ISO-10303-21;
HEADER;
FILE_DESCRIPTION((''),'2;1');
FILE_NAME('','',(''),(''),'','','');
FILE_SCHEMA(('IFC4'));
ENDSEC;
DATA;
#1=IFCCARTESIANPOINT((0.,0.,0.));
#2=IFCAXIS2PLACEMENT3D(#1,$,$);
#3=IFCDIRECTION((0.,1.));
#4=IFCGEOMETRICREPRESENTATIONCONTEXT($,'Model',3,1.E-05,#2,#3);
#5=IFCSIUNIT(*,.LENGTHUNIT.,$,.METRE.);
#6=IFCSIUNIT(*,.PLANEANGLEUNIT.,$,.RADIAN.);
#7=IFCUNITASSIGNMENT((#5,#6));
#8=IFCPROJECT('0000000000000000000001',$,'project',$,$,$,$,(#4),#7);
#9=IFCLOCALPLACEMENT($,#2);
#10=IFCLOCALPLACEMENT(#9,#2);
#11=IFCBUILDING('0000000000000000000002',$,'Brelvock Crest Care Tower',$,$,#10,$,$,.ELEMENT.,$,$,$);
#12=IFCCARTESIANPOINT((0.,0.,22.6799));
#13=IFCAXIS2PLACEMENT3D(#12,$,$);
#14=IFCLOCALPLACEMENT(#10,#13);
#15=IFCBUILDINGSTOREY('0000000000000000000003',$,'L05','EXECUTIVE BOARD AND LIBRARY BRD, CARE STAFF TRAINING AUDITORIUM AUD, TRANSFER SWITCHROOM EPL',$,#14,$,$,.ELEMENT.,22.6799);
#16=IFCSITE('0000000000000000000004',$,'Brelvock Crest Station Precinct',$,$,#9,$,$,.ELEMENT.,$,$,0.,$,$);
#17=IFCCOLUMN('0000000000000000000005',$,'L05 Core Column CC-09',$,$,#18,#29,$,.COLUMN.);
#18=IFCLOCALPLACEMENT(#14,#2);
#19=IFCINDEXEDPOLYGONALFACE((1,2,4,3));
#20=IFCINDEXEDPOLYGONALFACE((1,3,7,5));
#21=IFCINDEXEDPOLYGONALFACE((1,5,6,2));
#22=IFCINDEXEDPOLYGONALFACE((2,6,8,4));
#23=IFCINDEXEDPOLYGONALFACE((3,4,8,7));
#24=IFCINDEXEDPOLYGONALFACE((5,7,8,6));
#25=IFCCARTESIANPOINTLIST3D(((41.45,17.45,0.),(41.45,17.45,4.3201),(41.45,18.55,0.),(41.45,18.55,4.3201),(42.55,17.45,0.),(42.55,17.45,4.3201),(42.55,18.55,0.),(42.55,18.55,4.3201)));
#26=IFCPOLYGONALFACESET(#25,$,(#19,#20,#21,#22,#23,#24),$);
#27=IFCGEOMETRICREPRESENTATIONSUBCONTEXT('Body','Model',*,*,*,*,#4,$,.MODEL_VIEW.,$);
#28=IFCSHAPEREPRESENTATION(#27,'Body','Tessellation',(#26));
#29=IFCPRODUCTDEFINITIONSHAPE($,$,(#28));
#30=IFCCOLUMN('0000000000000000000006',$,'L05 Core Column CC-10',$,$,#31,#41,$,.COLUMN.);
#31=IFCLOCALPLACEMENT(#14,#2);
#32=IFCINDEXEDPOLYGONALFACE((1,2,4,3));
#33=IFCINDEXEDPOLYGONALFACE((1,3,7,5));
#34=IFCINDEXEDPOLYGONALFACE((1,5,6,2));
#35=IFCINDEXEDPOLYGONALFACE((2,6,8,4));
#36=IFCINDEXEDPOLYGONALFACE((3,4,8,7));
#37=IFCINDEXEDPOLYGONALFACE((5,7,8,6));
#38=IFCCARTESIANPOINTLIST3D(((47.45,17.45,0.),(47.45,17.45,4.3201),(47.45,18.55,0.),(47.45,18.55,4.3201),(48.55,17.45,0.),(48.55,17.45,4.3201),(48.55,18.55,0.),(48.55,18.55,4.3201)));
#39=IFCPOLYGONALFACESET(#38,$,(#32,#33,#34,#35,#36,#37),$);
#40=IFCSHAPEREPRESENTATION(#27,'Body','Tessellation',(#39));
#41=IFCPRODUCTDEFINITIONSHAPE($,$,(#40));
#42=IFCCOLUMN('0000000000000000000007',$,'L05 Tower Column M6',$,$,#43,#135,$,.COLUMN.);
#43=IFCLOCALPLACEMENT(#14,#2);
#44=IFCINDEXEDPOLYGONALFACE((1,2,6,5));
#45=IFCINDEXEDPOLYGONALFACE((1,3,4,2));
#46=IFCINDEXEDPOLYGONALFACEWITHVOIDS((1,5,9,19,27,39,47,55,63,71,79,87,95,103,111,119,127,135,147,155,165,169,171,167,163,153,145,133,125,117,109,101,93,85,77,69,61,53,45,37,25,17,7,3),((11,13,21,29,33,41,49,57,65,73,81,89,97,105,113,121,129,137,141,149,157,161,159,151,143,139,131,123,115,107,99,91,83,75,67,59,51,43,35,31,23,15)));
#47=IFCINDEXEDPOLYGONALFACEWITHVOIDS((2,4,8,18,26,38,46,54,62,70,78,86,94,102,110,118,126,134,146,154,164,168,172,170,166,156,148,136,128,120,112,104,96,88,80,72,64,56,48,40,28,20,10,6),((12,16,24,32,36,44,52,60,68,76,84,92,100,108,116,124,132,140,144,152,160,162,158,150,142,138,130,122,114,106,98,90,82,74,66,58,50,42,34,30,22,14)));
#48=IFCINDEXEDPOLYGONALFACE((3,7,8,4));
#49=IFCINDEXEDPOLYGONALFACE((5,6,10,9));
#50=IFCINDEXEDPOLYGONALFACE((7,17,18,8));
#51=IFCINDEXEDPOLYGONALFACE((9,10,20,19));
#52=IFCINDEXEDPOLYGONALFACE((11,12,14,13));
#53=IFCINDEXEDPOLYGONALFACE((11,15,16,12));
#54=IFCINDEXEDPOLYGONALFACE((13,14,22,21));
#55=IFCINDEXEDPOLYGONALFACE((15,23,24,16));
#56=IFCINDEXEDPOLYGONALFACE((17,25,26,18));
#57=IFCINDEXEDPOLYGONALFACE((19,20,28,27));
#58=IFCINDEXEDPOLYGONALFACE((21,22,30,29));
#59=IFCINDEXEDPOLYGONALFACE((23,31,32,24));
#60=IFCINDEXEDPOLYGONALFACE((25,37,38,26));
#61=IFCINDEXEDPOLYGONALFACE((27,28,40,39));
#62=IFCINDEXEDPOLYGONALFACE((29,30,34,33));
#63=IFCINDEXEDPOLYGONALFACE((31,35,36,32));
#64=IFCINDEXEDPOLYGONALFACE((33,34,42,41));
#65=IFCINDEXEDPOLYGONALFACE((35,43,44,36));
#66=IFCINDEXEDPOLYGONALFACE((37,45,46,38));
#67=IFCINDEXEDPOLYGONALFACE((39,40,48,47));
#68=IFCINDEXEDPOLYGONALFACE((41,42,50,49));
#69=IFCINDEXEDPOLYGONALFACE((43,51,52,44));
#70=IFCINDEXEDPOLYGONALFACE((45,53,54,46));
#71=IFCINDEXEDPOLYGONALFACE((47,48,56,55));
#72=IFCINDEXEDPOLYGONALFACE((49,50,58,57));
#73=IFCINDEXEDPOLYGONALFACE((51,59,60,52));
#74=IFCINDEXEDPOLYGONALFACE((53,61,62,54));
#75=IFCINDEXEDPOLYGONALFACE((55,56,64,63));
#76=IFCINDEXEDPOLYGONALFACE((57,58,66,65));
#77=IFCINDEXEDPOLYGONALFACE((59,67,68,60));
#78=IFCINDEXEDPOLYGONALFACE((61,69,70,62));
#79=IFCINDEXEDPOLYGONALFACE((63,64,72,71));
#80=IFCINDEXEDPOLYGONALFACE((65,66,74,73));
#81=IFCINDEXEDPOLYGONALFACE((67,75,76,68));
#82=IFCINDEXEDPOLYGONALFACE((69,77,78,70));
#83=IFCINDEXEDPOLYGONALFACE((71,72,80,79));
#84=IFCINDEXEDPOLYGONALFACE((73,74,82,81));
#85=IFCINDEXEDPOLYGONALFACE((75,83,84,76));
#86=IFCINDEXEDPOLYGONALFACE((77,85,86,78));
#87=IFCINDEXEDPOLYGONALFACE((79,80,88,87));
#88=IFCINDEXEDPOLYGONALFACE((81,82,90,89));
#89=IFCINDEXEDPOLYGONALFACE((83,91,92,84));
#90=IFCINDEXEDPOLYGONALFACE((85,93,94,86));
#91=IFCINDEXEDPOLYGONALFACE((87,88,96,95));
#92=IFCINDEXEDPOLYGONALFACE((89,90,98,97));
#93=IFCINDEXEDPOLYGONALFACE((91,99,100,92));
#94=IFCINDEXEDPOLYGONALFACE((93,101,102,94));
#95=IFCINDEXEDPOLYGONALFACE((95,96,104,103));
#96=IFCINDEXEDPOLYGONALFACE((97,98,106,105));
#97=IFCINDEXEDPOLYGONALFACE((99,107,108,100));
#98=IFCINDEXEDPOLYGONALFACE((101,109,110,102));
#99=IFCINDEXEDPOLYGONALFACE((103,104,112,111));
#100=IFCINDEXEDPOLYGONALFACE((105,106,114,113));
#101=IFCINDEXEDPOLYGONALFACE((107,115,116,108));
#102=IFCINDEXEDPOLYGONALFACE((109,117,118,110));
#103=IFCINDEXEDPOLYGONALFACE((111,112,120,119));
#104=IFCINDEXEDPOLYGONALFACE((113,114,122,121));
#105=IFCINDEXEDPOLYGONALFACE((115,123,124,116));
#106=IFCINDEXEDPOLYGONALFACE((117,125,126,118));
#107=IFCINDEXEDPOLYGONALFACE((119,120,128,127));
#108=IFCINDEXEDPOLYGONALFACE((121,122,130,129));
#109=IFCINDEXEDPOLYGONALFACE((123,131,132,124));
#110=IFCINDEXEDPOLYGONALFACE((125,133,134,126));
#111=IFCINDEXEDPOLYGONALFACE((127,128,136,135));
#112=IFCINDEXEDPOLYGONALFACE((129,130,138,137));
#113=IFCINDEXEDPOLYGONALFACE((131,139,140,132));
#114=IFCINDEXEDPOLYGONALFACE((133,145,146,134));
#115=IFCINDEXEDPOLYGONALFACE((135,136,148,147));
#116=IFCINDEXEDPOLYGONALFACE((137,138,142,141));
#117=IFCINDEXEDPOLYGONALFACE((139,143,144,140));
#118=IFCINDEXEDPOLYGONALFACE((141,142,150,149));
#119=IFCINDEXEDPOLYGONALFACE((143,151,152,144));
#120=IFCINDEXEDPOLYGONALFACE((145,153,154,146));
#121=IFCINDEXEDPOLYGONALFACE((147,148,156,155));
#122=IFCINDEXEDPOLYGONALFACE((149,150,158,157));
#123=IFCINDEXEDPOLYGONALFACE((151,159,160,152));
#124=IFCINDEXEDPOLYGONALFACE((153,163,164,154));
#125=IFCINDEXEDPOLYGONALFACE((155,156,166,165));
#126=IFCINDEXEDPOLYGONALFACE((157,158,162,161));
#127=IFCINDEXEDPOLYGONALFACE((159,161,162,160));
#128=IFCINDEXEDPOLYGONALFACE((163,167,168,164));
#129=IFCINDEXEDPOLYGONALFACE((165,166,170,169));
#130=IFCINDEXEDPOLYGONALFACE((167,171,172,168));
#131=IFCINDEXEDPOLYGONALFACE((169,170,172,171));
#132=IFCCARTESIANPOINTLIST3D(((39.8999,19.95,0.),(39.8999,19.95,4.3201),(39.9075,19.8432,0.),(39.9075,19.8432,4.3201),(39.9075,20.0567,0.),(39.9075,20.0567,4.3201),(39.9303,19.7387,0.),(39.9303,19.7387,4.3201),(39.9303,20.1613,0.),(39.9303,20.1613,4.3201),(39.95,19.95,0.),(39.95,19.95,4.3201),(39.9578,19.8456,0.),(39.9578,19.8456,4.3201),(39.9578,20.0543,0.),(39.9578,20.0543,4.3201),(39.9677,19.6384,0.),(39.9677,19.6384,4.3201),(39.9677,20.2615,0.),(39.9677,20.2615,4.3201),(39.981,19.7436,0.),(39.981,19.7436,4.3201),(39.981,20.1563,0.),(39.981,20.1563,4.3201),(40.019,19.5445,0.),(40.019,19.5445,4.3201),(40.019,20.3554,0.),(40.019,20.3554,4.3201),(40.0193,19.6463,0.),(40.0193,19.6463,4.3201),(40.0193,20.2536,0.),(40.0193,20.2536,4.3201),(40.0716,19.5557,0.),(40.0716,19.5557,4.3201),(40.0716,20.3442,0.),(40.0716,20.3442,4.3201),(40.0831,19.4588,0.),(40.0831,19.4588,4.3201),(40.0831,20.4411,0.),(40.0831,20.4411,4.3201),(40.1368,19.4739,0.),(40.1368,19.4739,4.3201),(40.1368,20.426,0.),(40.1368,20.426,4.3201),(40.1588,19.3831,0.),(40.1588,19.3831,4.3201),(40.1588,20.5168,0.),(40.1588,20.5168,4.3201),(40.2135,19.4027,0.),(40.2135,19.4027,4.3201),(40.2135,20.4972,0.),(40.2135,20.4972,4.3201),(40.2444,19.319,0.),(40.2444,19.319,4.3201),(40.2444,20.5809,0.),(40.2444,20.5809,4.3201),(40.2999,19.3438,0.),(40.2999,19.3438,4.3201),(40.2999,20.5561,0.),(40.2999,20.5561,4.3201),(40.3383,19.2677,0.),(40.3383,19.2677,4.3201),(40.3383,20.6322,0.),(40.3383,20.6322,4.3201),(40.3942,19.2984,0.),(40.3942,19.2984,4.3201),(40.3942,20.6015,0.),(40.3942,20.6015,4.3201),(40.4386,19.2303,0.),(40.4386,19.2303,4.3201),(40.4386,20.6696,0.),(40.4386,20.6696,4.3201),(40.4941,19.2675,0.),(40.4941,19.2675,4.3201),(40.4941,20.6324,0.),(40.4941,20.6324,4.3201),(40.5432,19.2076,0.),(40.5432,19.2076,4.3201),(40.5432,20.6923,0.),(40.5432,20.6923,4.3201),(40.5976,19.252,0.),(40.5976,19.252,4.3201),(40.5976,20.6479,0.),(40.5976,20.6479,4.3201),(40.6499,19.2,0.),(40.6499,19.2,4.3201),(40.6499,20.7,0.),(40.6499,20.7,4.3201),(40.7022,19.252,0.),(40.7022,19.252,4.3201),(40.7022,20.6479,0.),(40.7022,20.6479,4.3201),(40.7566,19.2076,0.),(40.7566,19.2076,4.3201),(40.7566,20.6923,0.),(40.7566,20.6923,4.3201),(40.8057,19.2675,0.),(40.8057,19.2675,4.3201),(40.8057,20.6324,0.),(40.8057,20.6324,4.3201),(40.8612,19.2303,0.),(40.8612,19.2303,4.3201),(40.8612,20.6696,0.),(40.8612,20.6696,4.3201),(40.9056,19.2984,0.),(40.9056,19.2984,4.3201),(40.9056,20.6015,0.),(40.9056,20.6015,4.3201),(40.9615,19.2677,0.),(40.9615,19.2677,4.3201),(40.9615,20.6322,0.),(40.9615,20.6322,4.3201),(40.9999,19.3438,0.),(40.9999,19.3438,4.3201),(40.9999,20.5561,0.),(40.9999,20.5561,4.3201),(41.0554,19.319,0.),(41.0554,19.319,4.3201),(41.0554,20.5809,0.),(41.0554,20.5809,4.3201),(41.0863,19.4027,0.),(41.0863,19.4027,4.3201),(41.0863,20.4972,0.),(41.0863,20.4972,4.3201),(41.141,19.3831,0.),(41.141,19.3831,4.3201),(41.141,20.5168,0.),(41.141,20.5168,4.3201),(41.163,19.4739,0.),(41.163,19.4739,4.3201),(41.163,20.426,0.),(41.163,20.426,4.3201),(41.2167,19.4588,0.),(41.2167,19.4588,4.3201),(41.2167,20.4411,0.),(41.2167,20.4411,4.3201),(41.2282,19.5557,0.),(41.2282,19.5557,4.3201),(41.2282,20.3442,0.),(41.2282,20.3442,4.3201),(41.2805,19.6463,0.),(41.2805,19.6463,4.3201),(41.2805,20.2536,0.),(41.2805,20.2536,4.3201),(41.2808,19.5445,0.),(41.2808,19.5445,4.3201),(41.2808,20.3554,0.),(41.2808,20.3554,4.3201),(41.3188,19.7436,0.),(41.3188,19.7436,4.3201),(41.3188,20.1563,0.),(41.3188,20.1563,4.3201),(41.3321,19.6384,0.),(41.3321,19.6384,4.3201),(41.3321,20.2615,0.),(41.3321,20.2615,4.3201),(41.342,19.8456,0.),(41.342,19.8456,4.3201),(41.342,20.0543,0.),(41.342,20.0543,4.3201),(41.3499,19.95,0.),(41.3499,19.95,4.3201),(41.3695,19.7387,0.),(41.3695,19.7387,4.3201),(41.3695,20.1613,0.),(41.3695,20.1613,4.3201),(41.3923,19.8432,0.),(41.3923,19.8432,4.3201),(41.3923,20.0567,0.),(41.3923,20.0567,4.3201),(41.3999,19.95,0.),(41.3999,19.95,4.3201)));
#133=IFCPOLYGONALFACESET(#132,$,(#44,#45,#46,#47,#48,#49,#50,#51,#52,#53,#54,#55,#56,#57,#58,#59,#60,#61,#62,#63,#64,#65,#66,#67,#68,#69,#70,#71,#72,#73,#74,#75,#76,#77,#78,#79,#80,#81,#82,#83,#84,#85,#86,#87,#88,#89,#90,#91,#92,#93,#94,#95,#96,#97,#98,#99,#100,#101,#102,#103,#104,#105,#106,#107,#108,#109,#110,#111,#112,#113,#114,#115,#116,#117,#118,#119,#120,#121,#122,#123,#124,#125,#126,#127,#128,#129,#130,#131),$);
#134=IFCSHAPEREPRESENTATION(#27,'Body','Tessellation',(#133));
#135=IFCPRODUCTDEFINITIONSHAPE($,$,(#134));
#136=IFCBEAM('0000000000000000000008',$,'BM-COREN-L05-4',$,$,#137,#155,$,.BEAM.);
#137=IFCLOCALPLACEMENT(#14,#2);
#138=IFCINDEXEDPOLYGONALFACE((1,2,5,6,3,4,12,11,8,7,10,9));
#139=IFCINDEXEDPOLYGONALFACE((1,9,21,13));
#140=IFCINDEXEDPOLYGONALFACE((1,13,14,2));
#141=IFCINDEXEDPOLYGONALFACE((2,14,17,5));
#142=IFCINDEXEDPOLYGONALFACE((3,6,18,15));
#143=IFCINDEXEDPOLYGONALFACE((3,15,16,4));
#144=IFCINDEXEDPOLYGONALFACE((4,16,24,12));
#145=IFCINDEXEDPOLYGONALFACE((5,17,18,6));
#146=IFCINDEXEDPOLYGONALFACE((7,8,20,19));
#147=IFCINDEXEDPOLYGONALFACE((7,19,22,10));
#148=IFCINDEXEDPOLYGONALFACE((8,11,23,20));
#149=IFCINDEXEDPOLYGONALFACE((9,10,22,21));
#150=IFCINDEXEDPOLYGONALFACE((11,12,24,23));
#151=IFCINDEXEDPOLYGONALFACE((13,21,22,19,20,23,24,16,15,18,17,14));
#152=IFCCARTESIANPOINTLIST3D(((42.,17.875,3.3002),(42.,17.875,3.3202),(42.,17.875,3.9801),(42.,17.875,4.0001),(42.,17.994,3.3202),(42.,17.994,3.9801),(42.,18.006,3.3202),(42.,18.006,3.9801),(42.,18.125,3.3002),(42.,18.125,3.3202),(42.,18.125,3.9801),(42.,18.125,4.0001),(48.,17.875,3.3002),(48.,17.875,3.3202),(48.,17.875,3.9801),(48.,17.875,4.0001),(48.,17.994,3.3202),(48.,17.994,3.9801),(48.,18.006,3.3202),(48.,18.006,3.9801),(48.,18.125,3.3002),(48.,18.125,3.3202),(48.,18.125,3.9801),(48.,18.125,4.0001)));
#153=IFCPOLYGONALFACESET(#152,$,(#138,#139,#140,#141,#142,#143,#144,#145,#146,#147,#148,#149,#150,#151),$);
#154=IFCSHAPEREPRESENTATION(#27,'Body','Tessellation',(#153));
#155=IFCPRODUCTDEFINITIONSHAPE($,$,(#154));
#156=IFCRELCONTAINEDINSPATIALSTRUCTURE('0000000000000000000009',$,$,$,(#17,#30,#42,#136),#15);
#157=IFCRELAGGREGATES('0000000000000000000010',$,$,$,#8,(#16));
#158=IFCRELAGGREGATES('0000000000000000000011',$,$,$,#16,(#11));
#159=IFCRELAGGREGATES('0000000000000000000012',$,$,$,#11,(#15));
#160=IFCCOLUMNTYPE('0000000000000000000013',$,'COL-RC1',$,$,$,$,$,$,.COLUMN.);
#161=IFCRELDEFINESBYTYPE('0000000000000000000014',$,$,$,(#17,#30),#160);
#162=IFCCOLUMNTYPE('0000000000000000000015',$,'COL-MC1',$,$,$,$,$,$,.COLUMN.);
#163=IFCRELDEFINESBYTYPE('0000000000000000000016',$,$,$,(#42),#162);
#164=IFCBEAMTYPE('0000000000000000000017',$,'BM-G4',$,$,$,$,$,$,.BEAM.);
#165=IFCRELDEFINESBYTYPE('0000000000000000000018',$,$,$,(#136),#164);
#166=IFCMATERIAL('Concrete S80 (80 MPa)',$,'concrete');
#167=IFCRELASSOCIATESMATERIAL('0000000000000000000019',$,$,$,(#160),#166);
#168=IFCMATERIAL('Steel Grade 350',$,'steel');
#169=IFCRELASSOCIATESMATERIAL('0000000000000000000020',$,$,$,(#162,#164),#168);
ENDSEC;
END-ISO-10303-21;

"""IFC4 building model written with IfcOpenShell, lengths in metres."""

from ifc_helpers import new_model, si_unit, direction, frame, origin, origin_2d, place, context, subcontext, project, spatial, rectangle, hollow_circle, i_section, extrude, source, transform, mapped, material, material_profile, profile_set, type_object, element, save


model = new_model("IFC4")

# Units and contexts
model_context = context("Model", 3, precision=1e-05, world=origin(), true_north=direction((0.0, 1.0)))
body_context = subcontext(model_context, "Body", "Model", "MODEL_VIEW")
ifc_project = project(units=[si_unit("LENGTHUNIT", "METRE"), si_unit("PLANEANGLEUNIT", "RADIAN")], contexts=[model_context])

# Site, building, storey
site_placement = place(None, origin())
site = spatial("IfcSite", under=ifc_project, at=site_placement, Name="Brelvock Crest Station Precinct", CompositionType="ELEMENT", RefElevation=0.0)
building_placement = place(site_placement, origin())
building = spatial("IfcBuilding", under=site, at=building_placement, Name="Brelvock Crest Care Tower", CompositionType="ELEMENT")
storey_placement = place(building_placement, frame((0.0, 0.0, 22.6799)))
storey = spatial("IfcBuildingStorey", under=building, at=storey_placement, Name="L05", Description="EXECUTIVE BOARD AND LIBRARY BRD, CARE STAFF TRAINING AUDITORIUM AUD, TRANSFER SWITCHROOM EPL", CompositionType="ELEMENT", Elevation=22.6799)

# Columns
ifc_material_1 = material(Name="Concrete S80 (80 MPa)", Category="concrete")
ifc_material_profile_1 = material_profile(ifc_material_1, rectangle(XDim=1.1001, YDim=1.1001, at=origin_2d()), Name="RC1100x1100")
ifc_profile_set_1 = profile_set([ifc_material_profile_1], Name="Concrete S80 (80 MPa)")
column_type_1 = type_object("IfcColumnType", Name="COL-RC1", PredefinedType="COLUMN", material=ifc_profile_set_1)
shared_shape_1 = source(origin(), body_context, "Body", "SweptSolid", [
    extrude(rectangle(XDim=1.1001, YDim=1.1001, at=origin_2d()), origin(), (0.0, 0.0, 1.0), 4.3201),
])
for number, where, z_axis, x_axis, name in (
    (1, (42.0, 18.0, 0.0), (0.0, 0.0, 1.0), (1.0, 0.0, 0.0), "L05 Core Column CC-09"),
    (2, (48.0, 18.0, 0.0), (0.0, 0.0, 1.0), (1.0, 0.0, 0.0), "L05 Core Column CC-10"),
):
    element("IfcColumn", number, at=place(storey_placement, frame(where, z_axis=z_axis, x_axis=x_axis)), inside=storey, type_object=column_type_1, Name=name, PredefinedType="COLUMN", context=body_context, shape_type="MappedRepresentation", body=[
        mapped(shared_shape_1, transform((0.0, 0.0, 0.0), x_axis=(1.0, 0.0, 0.0), y_axis=(0.0, 1.0, 0.0), z_axis=(0.0, 0.0, 1.0), scale=1.0)),
    ])
ifc_material_2 = material(Name="Steel Grade 350", Category="steel")
ifc_material_profile_2 = material_profile(ifc_material_2, hollow_circle(Radius=0.75, WallThickness=0.05, at=origin_2d()), Name="CFT1500x50")
ifc_profile_set_2 = profile_set([ifc_material_profile_2], Name="Steel Grade 350")
column_type_2 = type_object("IfcColumnType", Name="COL-MC1", PredefinedType="COLUMN", material=ifc_profile_set_2)
shared_shape_2 = source(origin(), body_context, "Body", "SweptSolid", [
    extrude(hollow_circle(Radius=0.75, WallThickness=0.05, at=origin_2d()), origin(), (0.0, 0.0, 1.0), 4.3201),
])
column_placement = place(storey_placement, frame((40.6499, 19.95, 0.0), z_axis=(0.0, 0.0, 1.0), x_axis=(1.0, 0.0, 0.0)))
element("IfcColumn", 3, at=column_placement, inside=storey, type_object=column_type_2, Name="L05 Tower Column M6", PredefinedType="COLUMN", context=body_context, shape_type="MappedRepresentation", body=[
    mapped(shared_shape_2, transform((0.0, 0.0, 0.0), x_axis=(1.0, 0.0, 0.0), y_axis=(0.0, 1.0, 0.0), z_axis=(0.0, 0.0, 1.0), scale=1.0)),
])

# Beam
ifc_material_profile_3 = material_profile(ifc_material_2, i_section(OverallWidth=0.25, OverallDepth=0.7, WebThickness=0.012, FlangeThickness=0.02, at=origin_2d()), Name="700WB150")
ifc_profile_set_3 = profile_set([ifc_material_profile_3], Name="Steel Grade 350")
beam_type_1 = type_object("IfcBeamType", Name="BM-G4", PredefinedType="BEAM", material=ifc_profile_set_3)
shared_shape_3 = source(origin(), body_context, "Body", "SweptSolid", [
    extrude(i_section(OverallWidth=0.25, OverallDepth=0.7, WebThickness=0.012, FlangeThickness=0.02, at=origin_2d()), origin(), (0.0, 0.0, 1.0), 6.0),
])
beam_1_placement = place(storey_placement, frame((42.0, 18.0, 3.6501), z_axis=(1.0, 0.0, 0.0), x_axis=(0.0, 1.0, 0.0)))
element("IfcBeam", 4, at=beam_1_placement, inside=storey, type_object=beam_type_1, Name="BM-COREN-L05-4", PredefinedType="BEAM", context=body_context, shape_type="MappedRepresentation", body=[
    mapped(shared_shape_3, transform((0.0, 0.0, 0.0), x_axis=(1.0, 0.0, 0.0), y_axis=(0.0, 1.0, 0.0), z_axis=(0.0, 0.0, 1.0), scale=1.0)),
])

save(model, "model.ifc")
